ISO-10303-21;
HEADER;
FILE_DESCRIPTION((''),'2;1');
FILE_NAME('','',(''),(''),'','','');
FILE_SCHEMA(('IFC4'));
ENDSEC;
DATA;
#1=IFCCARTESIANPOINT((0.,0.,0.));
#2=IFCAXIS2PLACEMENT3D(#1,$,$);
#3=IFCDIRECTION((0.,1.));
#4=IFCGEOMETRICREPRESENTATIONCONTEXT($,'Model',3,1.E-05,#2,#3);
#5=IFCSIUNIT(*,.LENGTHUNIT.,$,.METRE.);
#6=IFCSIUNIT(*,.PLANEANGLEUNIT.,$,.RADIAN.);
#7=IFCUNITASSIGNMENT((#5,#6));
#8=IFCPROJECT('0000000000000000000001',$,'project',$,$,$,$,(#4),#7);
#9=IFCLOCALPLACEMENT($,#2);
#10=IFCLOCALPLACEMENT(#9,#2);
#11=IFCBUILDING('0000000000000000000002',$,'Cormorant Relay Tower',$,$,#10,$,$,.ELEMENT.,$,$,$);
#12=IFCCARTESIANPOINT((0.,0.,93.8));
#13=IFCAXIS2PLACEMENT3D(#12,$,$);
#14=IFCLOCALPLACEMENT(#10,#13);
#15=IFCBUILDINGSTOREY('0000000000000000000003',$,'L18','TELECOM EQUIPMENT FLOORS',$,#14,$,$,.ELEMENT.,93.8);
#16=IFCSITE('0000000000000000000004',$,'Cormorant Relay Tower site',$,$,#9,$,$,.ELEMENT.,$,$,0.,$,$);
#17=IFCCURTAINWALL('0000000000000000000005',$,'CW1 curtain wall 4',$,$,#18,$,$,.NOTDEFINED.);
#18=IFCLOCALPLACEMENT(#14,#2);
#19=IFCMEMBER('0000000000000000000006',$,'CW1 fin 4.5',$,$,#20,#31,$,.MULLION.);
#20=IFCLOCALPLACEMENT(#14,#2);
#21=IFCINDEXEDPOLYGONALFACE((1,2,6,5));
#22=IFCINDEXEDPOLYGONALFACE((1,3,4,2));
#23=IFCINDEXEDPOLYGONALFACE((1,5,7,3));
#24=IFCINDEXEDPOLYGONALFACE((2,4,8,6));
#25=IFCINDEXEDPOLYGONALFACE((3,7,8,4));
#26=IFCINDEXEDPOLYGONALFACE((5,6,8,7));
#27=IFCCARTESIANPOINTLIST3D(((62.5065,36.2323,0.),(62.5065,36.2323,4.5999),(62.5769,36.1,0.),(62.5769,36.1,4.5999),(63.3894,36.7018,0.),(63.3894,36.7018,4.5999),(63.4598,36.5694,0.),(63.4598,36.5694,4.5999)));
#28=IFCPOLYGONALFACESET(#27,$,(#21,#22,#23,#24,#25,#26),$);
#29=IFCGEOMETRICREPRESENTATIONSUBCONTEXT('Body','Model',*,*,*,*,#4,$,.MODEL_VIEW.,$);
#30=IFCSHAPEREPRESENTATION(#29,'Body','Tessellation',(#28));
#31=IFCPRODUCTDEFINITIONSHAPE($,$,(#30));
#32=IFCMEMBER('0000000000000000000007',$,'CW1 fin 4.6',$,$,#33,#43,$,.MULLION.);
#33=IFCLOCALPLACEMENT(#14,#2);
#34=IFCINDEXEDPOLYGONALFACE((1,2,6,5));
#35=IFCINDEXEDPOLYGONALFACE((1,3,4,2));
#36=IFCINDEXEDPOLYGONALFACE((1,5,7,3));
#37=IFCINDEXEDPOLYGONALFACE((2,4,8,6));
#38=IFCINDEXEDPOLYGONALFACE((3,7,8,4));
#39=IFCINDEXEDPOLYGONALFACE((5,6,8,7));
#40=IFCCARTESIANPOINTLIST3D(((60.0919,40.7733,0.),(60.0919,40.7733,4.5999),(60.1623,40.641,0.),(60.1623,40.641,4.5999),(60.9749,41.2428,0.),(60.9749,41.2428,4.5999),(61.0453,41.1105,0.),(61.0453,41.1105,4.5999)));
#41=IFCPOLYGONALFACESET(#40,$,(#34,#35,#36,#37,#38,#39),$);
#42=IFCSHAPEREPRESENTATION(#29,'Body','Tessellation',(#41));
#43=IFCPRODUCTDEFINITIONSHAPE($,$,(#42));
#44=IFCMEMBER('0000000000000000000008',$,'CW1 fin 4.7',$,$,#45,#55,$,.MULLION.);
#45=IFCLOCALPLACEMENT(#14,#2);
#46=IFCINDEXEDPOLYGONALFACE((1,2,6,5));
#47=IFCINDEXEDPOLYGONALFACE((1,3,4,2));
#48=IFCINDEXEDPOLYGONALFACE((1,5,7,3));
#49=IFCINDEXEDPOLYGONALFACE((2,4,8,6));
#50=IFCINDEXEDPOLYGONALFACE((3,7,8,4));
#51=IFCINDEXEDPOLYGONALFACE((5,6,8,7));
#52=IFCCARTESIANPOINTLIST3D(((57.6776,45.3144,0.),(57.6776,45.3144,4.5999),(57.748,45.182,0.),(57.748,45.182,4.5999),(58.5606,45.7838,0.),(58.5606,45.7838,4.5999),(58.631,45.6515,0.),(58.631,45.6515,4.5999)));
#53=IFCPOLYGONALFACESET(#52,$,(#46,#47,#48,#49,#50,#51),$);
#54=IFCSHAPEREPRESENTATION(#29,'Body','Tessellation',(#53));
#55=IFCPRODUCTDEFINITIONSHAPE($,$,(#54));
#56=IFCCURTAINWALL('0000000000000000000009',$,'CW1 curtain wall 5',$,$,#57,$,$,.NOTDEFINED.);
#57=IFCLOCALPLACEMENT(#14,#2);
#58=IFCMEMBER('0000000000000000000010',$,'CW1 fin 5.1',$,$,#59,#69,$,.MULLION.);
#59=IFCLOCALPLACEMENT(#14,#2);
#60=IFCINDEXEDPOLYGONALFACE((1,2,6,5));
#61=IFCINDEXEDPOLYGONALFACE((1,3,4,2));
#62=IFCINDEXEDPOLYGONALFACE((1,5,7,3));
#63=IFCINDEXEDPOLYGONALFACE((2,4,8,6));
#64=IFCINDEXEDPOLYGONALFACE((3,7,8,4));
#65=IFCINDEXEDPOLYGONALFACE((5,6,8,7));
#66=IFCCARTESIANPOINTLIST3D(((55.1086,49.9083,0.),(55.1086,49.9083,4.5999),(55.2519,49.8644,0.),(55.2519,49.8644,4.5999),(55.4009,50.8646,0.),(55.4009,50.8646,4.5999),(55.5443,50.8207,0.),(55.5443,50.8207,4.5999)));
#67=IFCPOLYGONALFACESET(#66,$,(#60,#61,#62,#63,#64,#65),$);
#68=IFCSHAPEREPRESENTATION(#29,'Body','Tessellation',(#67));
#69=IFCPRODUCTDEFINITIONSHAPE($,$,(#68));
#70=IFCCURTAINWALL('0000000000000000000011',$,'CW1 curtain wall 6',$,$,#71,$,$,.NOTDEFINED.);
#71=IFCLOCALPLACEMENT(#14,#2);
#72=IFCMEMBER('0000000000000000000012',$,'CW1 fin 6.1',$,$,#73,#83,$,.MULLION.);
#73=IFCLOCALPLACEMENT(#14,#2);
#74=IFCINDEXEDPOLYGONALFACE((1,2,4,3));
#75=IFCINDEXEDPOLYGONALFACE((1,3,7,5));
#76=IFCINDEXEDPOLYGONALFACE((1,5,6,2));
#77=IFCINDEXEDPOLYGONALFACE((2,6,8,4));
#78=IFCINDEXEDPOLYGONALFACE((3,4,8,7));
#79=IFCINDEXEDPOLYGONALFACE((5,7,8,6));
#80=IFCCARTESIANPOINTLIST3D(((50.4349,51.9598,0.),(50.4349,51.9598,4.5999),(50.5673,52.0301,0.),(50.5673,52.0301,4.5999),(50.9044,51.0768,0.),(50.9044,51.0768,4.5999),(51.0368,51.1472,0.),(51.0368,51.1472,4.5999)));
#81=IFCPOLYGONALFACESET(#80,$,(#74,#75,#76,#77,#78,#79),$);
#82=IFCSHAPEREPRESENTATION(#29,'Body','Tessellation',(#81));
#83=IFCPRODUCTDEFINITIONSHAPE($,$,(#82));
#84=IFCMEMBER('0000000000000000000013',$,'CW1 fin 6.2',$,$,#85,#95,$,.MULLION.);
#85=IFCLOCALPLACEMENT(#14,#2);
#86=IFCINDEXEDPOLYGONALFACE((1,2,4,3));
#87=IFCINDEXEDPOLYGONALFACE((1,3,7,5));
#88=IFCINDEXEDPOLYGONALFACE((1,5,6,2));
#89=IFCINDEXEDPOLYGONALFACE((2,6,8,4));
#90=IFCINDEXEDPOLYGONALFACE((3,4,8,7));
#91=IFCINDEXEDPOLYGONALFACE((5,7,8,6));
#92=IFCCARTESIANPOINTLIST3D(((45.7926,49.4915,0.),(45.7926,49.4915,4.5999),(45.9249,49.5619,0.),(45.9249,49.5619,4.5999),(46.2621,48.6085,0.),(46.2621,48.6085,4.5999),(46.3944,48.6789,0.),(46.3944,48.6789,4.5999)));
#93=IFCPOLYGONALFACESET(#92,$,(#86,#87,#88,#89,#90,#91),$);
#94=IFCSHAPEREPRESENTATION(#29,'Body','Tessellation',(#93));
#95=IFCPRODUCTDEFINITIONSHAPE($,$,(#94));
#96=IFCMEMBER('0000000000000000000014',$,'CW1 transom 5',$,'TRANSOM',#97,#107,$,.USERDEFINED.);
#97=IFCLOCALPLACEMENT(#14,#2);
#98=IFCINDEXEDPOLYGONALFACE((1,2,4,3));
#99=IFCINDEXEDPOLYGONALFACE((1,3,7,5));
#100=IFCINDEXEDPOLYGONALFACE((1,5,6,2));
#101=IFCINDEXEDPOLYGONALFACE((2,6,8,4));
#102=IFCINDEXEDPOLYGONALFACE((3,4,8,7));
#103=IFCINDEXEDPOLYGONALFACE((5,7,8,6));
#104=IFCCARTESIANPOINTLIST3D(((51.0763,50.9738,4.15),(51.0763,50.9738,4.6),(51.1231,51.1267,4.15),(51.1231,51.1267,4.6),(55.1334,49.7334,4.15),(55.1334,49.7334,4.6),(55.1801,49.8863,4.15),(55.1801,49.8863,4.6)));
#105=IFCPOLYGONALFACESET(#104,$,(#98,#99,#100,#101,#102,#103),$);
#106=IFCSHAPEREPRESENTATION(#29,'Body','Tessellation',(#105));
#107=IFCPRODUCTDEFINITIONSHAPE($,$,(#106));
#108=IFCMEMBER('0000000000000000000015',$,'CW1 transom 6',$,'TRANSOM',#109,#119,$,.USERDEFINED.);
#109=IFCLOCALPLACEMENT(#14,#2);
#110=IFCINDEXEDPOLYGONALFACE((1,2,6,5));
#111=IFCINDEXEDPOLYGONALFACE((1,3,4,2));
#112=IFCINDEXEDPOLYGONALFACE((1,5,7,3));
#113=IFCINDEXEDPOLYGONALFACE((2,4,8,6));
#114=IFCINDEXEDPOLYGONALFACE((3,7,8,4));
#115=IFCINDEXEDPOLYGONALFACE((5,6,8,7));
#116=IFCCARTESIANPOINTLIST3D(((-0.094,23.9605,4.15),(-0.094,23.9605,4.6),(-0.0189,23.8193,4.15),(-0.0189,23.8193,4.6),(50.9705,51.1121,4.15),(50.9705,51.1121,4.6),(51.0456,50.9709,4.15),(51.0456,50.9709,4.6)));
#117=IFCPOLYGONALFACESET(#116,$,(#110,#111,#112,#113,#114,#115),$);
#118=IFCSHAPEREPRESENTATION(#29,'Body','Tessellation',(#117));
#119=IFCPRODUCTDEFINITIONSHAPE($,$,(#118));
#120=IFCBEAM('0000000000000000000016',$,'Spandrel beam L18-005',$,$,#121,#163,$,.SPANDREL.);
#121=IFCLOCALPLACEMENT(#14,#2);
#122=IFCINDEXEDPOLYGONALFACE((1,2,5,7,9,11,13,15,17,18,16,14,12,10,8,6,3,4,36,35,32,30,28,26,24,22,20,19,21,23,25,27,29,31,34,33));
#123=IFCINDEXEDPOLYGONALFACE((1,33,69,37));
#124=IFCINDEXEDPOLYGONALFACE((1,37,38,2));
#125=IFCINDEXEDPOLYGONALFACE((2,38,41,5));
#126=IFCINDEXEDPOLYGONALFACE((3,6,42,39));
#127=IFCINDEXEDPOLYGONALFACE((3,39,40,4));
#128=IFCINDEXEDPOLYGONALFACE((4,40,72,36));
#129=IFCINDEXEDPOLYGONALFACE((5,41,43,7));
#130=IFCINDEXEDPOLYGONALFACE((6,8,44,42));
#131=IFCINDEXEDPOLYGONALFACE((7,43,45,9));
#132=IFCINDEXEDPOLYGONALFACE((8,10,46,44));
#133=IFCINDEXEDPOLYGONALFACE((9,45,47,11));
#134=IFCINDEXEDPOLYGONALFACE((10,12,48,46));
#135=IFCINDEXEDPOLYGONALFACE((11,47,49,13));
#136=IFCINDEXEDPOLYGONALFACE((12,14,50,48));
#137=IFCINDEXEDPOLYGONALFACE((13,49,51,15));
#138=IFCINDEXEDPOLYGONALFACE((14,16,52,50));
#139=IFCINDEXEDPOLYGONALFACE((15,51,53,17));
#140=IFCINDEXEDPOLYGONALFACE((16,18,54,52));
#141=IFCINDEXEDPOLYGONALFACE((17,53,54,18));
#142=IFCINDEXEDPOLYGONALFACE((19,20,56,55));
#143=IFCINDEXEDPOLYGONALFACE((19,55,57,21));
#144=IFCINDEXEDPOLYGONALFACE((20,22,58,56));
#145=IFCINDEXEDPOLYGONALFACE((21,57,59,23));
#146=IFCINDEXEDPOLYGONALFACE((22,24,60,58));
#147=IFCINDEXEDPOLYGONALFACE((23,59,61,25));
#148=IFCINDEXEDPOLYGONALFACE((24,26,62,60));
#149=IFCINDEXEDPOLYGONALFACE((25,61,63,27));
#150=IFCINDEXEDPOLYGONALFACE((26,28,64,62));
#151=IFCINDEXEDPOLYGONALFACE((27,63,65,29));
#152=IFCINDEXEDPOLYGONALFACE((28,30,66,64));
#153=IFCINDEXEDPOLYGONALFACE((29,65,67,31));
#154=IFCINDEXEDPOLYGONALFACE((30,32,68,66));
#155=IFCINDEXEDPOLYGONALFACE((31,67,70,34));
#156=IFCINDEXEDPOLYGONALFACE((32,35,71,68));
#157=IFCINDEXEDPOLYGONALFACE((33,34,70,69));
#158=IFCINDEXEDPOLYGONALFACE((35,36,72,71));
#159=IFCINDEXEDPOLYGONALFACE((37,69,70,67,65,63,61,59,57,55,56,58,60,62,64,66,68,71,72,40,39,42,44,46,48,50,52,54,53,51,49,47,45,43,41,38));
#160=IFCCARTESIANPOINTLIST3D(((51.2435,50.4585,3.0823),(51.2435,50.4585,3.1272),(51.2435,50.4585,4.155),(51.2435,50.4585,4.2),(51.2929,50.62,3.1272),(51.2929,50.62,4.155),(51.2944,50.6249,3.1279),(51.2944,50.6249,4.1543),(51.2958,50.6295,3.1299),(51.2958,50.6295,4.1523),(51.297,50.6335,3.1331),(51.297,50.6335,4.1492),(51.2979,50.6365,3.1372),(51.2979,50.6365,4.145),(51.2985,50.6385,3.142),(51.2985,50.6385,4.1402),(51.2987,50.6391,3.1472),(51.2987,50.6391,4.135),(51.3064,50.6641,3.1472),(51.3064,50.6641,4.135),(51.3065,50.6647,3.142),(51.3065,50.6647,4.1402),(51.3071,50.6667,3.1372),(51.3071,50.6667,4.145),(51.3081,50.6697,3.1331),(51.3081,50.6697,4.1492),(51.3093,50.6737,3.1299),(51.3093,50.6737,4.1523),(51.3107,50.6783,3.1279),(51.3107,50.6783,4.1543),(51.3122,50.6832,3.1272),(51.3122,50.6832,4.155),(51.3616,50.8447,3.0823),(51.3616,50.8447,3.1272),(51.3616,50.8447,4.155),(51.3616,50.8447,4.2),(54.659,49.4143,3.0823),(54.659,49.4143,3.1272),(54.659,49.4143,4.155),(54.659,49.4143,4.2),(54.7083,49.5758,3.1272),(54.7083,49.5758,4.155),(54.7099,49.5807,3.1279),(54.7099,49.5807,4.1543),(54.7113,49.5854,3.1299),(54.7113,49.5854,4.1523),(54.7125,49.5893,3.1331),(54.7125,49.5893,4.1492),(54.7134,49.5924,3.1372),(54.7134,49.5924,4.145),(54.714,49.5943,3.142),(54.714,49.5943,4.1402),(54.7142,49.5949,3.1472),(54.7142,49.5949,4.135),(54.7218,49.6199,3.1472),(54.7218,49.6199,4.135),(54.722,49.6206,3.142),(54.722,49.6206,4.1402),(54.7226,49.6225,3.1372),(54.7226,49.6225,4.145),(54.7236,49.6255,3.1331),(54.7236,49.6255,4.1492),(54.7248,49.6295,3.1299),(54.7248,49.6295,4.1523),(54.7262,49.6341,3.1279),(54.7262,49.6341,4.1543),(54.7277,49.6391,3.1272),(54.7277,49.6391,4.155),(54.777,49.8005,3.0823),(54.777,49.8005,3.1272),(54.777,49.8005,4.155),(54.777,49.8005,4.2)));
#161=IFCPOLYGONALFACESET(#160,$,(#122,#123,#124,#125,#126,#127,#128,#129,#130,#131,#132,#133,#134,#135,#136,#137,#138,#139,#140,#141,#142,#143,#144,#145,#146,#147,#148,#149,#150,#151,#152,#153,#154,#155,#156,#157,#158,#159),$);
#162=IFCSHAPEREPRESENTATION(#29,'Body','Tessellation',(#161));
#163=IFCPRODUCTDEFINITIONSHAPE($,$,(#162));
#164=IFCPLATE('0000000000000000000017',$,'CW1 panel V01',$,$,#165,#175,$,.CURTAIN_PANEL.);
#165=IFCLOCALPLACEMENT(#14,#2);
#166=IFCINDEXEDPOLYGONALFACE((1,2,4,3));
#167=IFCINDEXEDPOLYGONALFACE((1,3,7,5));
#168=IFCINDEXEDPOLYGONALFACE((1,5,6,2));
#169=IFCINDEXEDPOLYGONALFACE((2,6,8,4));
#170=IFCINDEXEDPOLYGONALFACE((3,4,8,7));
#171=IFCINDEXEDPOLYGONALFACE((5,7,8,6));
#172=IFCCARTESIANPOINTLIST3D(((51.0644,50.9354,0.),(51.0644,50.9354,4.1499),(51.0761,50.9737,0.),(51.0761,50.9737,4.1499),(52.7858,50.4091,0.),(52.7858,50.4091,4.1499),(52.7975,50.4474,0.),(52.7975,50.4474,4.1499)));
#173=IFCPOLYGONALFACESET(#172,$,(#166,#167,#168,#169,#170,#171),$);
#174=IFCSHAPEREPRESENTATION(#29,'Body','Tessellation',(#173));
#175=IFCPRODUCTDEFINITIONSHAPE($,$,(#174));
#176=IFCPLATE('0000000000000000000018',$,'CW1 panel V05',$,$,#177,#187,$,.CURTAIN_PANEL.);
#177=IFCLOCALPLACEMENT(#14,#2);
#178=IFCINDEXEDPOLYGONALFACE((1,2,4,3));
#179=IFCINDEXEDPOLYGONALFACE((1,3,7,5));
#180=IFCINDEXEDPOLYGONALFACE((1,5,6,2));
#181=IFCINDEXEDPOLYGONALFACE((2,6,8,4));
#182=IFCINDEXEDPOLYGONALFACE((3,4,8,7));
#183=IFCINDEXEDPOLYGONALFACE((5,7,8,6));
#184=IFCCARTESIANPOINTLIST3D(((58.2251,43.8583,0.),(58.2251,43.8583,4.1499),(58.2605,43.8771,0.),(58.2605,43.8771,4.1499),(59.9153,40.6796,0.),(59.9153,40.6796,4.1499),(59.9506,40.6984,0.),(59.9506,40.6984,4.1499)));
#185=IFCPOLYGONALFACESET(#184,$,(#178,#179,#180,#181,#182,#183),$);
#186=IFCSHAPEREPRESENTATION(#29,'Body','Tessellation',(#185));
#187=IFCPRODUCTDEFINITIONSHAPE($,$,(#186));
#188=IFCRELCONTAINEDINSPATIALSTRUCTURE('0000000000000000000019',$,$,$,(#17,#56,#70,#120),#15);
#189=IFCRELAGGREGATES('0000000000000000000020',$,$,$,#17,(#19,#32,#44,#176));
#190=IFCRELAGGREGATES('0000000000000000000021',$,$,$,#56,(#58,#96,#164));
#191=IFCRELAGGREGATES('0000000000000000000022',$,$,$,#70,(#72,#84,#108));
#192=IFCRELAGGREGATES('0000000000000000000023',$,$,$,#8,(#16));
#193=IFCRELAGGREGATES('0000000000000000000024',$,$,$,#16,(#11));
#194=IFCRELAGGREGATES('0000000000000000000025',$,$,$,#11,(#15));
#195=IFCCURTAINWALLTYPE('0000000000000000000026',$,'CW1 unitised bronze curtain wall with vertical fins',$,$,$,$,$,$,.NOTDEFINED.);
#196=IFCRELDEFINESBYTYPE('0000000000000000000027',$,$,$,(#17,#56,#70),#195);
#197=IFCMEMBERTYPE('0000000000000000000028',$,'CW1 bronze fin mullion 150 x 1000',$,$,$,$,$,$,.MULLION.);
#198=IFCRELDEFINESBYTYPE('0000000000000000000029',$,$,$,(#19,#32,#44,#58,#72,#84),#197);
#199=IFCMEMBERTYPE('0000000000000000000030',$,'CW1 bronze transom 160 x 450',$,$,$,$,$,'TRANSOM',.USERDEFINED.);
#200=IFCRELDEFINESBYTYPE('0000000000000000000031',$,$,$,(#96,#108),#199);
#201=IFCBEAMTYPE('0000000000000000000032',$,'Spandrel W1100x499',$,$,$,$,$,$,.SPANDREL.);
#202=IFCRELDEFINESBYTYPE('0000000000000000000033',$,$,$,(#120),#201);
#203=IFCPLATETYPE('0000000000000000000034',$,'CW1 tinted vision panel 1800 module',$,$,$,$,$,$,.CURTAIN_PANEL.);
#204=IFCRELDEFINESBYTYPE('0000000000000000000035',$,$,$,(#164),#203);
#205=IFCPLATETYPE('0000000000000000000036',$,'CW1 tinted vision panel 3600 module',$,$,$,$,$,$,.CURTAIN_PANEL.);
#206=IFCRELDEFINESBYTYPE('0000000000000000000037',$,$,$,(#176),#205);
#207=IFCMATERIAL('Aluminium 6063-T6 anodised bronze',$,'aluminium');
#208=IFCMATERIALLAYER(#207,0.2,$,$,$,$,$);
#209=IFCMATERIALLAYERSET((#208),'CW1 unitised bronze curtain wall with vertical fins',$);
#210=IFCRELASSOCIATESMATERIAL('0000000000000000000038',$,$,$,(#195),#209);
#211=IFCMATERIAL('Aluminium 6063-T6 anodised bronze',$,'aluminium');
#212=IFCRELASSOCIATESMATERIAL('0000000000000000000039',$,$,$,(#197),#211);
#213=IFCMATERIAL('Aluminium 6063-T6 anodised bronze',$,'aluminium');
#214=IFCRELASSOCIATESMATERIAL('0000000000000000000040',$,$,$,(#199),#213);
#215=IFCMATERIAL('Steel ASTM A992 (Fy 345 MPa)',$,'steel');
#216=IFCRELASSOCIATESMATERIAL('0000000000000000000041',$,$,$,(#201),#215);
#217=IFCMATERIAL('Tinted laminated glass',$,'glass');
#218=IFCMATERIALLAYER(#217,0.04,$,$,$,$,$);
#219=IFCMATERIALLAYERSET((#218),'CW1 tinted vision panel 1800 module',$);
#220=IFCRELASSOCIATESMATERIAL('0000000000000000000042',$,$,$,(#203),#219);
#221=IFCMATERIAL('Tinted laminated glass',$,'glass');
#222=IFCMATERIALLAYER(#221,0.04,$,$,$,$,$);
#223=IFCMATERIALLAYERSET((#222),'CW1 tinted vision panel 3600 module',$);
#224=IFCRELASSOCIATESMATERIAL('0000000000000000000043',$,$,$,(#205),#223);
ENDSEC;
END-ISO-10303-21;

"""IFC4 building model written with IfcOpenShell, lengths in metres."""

from ifc_helpers import new_model, si_unit, direction, frame, origin, origin_2d, place, context, subcontext, project, spatial, rectangle, i_section, extrude, material, layer, layer_set, material_profile, profile_set, type_object, element, aggregate, save


model = new_model("IFC4")

# Units and contexts
model_context = context("Model", 3, precision=1e-05, world=origin(), true_north=direction((0.0, 1.0)))
body_context = subcontext(model_context, "Body", "Model", "MODEL_VIEW")
ifc_project = project(units=[si_unit("LENGTHUNIT", "METRE"), si_unit("PLANEANGLEUNIT", "RADIAN")], contexts=[model_context])

# Site, building, storey
site_placement = place(None, origin())
site = spatial("IfcSite", under=ifc_project, at=site_placement, Name="Cormorant Relay Tower site", CompositionType="ELEMENT", RefElevation=0.0)
building_placement = place(site_placement, origin())
building = spatial("IfcBuilding", under=site, at=building_placement, Name="Cormorant Relay Tower", CompositionType="ELEMENT")
storey_placement = place(building_placement, frame((0.0, 0.0, 93.8)))
storey = spatial("IfcBuildingStorey", under=building, at=storey_placement, Name="L18", Description="TELECOM EQUIPMENT FLOORS", CompositionType="ELEMENT", Elevation=93.8)

# Curtain wall, members
ifc_material_1 = material(Name="Aluminium 6063-T6 anodised bronze", Category="aluminium")
ifc_layer_1 = layer(ifc_material_1, 0.2)
ifc_layer_set_1 = layer_set([ifc_layer_1], Name="CW1 unitised bronze curtain wall with vertical fins")
curtain_wall_type = type_object("IfcCurtainWallType", Name="CW1 unitised bronze curtain wall with vertical fins", PredefinedType="NOTDEFINED", material=ifc_layer_set_1)
curtain_wall_1_placement = place(storey_placement, origin())
curtain_wall_1 = element("IfcCurtainWall", 1, at=curtain_wall_1_placement, inside=storey, type_object=curtain_wall_type, Name="CW1 curtain wall 4", PredefinedType="NOTDEFINED")
ifc_material_2 = material(Name="Aluminium 6063-T6 anodised bronze", Category="aluminium")
ifc_material_profile_1 = material_profile(ifc_material_2, rectangle(XDim=0.1499, YDim=1.0, at=origin_2d()), Name="AL 150x1000")
ifc_profile_set_1 = profile_set([ifc_material_profile_1], Name="Aluminium 6063-T6 anodised bronze")
member_type_1 = type_object("IfcMemberType", Name="CW1 bronze fin mullion 150 x 1000", PredefinedType="MULLION", material=ifc_profile_set_1)
member_1_placement = place(storey_placement, frame((62.9832, 36.4009, 0.0), z_axis=(0.0, 0.0, 1.0), x_axis=(-0.469472, 0.882948, 0.0)))
member_1 = element("IfcMember", 2, at=member_1_placement, type_object=member_type_1, Name="CW1 fin 4.5", PredefinedType="MULLION", context=body_context, shape_type="SweptSolid", body=[
    extrude(rectangle(XDim=0.1499, YDim=1.0, at=origin_2d()), origin(), (0.0, 0.0, 1.0), 4.5999),
])
member_2_placement = place(storey_placement, frame((60.5686, 40.9419, 0.0), z_axis=(0.0, 0.0, 1.0), x_axis=(-0.469472, 0.882948, 0.0)))
member_2 = element("IfcMember", 3, at=member_2_placement, type_object=member_type_1, Name="CW1 fin 4.6", PredefinedType="MULLION", context=body_context, shape_type="SweptSolid", body=[
    extrude(rectangle(XDim=0.1499, YDim=1.0, at=origin_2d()), origin(), (0.0, 0.0, 1.0), 4.5999),
])
member_3_placement = place(storey_placement, frame((58.1543, 45.4829, 0.0), z_axis=(0.0, 0.0, 1.0), x_axis=(-0.469472, 0.882948, 0.0)))
member_3 = element("IfcMember", 4, at=member_3_placement, type_object=member_type_1, Name="CW1 fin 4.7", PredefinedType="MULLION", context=body_context, shape_type="SweptSolid", body=[
    extrude(rectangle(XDim=0.1499, YDim=1.0, at=origin_2d()), origin(), (0.0, 0.0, 1.0), 4.5999),
])

# Curtain wall, member
curtain_wall_2_placement = place(storey_placement, origin())
curtain_wall_2 = element("IfcCurtainWall", 5, at=curtain_wall_2_placement, inside=storey, type_object=curtain_wall_type, Name="CW1 curtain wall 5", PredefinedType="NOTDEFINED")
member_4_placement = place(storey_placement, frame((55.3264, 50.3645, 0.0), z_axis=(0.0, 0.0, 1.0), x_axis=(-0.956305, 0.292372, 0.0)))
member_4 = element("IfcMember", 6, at=member_4_placement, type_object=member_type_1, Name="CW1 fin 5.1", PredefinedType="MULLION", context=body_context, shape_type="SweptSolid", body=[
    extrude(rectangle(XDim=0.1499, YDim=1.0, at=origin_2d()), origin(), (0.0, 0.0, 1.0), 4.5999),
])

# Curtain wall, members
curtain_wall_3_placement = place(storey_placement, origin())
curtain_wall_3 = element("IfcCurtainWall", 7, at=curtain_wall_3_placement, inside=storey, type_object=curtain_wall_type, Name="CW1 curtain wall 6", PredefinedType="NOTDEFINED")
member_5_placement = place(storey_placement, frame((50.7358, 51.5535, 0.0), z_axis=(0.0, 0.0, 1.0), x_axis=(-0.882948, -0.469472, 0.0)))
member_5 = element("IfcMember", 8, at=member_5_placement, type_object=member_type_1, Name="CW1 fin 6.1", PredefinedType="MULLION", context=body_context, shape_type="SweptSolid", body=[
    extrude(rectangle(XDim=0.1499, YDim=1.0, at=origin_2d()), origin(), (0.0, 0.0, 1.0), 4.5999),
])
member_6_placement = place(storey_placement, frame((46.0935, 49.0852, 0.0), z_axis=(0.0, 0.0, 1.0), x_axis=(-0.882948, -0.469472, 0.0)))
member_6 = element("IfcMember", 9, at=member_6_placement, type_object=member_type_1, Name="CW1 fin 6.2", PredefinedType="MULLION", context=body_context, shape_type="SweptSolid", body=[
    extrude(rectangle(XDim=0.1499, YDim=1.0, at=origin_2d()), origin(), (0.0, 0.0, 1.0), 4.5999),
])

# Members
ifc_material_3 = material(Name="Aluminium 6063-T6 anodised bronze", Category="aluminium")
ifc_material_profile_2 = material_profile(ifc_material_3, rectangle(XDim=0.1599, YDim=0.45, at=origin_2d()), Name="AL 160x450")
ifc_profile_set_2 = profile_set([ifc_material_profile_2], Name="Aluminium 6063-T6 anodised bronze")
member_type_2 = type_object("IfcMemberType", Name="CW1 bronze transom 160 x 450", ElementType="TRANSOM", PredefinedType="USERDEFINED", material=ifc_profile_set_2)
member_7_placement = place(storey_placement, frame((55.1567, 49.8098, 4.375), z_axis=(-0.956299, 0.292391, 0.0), x_axis=(-0.292391, -0.956299, 0.0)))
member_7 = element("IfcMember", 10, at=member_7_placement, type_object=member_type_2, Name="CW1 transom 5", ObjectType="TRANSOM", PredefinedType="USERDEFINED", context=body_context, shape_type="SweptSolid", body=[
    extrude(rectangle(XDim=0.1599, YDim=0.45, at=origin_2d()), origin(), (0.0, 0.0, 1.0), 4.2424),
])
member_8_placement = place(storey_placement, frame((51.0081, 51.0415, 4.375), z_axis=(-0.882946, -0.469474, 0.0), x_axis=(0.469474, -0.882946, 0.0)))
member_8 = element("IfcMember", 11, at=member_8_placement, type_object=member_type_2, Name="CW1 transom 6", ObjectType="TRANSOM", PredefinedType="USERDEFINED", context=body_context, shape_type="SweptSolid", body=[
    extrude(rectangle(XDim=0.1599, YDim=0.45, at=origin_2d()), origin(), (0.0, 0.0, 1.0), 57.8342),
])

# Beam
ifc_material_4 = material(Name="Steel ASTM A992 (Fy 345 MPa)", Category="steel")
ifc_material_profile_3 = material_profile(ifc_material_4, i_section(OverallWidth=0.4038, OverallDepth=1.1177, WebThickness=0.0261, FlangeThickness=0.0449, FilletRadius=0.02, at=origin_2d()), Name="W1100x499")
ifc_profile_set_3 = profile_set([ifc_material_profile_3], Name="Steel ASTM A992 (Fy 345 MPa)")
beam_type = type_object("IfcBeamType", Name="Spandrel W1100x499", PredefinedType="SPANDREL", material=ifc_profile_set_3)
beam_placement = place(storey_placement, frame((54.718, 49.6074, 3.6411), z_axis=(-0.956308, 0.292361, 0.0), x_axis=(-0.292361, -0.956308, 0.0)))
element("IfcBeam", 12, at=beam_placement, inside=storey, type_object=beam_type, Name="Spandrel beam L18-005", PredefinedType="SPANDREL", context=body_context, shape_type="SweptSolid", body=[
    extrude(i_section(OverallWidth=0.4038, OverallDepth=1.1177, WebThickness=0.0261, FlangeThickness=0.0449, FilletRadius=0.02, at=origin_2d()), origin(), (0.0, 0.0, 1.0), 3.5715),
])

# Plates
ifc_material_5 = material(Name="Tinted laminated glass", Category="glass")
ifc_layer_2 = layer(ifc_material_5, 0.04)
ifc_layer_set_2 = layer_set([ifc_layer_2], Name="CW1 tinted vision panel 1800 module")
plate_type_1 = type_object("IfcPlateType", Name="CW1 tinted vision panel 1800 module", PredefinedType="CURTAIN_PANEL", material=ifc_layer_set_2)
plate_1_placement = place(storey_placement, frame((51.9309, 50.6914, 0.0), z_axis=(0.0, 0.0, 1.0), x_axis=(-0.956305, 0.292372, 0.0)))
plate_1 = element("IfcPlate", 13, at=plate_1_placement, type_object=plate_type_1, Name="CW1 panel V01", PredefinedType="CURTAIN_PANEL", context=body_context, shape_type="SweptSolid", body=[
    extrude(rectangle(XDim=1.8, YDim=0.04, at=origin_2d()), origin(), (0.0, 0.0, 1.0), 4.1499),
])
ifc_material_6 = material(Name="Tinted laminated glass", Category="glass")
ifc_layer_3 = layer(ifc_material_6, 0.04)
ifc_layer_set_3 = layer_set([ifc_layer_3], Name="CW1 tinted vision panel 3600 module")
plate_type_2 = type_object("IfcPlateType", Name="CW1 tinted vision panel 3600 module", PredefinedType="CURTAIN_PANEL", material=ifc_layer_set_3)
plate_2_placement = place(storey_placement, frame((59.0879, 42.2783, 0.0), z_axis=(0.0, 0.0, 1.0), x_axis=(-0.469472, 0.882948, 0.0)))
plate_2 = element("IfcPlate", 14, at=plate_2_placement, type_object=plate_type_2, Name="CW1 panel V05", PredefinedType="CURTAIN_PANEL", context=body_context, shape_type="SweptSolid", body=[
    extrude(rectangle(XDim=3.6001, YDim=0.04, at=origin_2d()), origin(), (0.0, 0.0, 1.0), 4.1499),
])

aggregate(curtain_wall_1, [member_1, member_2, member_3, plate_2])
aggregate(curtain_wall_2, [member_4, member_7, plate_1])
aggregate(curtain_wall_3, [member_5, member_6, member_8])

save(model, "model.ifc")
